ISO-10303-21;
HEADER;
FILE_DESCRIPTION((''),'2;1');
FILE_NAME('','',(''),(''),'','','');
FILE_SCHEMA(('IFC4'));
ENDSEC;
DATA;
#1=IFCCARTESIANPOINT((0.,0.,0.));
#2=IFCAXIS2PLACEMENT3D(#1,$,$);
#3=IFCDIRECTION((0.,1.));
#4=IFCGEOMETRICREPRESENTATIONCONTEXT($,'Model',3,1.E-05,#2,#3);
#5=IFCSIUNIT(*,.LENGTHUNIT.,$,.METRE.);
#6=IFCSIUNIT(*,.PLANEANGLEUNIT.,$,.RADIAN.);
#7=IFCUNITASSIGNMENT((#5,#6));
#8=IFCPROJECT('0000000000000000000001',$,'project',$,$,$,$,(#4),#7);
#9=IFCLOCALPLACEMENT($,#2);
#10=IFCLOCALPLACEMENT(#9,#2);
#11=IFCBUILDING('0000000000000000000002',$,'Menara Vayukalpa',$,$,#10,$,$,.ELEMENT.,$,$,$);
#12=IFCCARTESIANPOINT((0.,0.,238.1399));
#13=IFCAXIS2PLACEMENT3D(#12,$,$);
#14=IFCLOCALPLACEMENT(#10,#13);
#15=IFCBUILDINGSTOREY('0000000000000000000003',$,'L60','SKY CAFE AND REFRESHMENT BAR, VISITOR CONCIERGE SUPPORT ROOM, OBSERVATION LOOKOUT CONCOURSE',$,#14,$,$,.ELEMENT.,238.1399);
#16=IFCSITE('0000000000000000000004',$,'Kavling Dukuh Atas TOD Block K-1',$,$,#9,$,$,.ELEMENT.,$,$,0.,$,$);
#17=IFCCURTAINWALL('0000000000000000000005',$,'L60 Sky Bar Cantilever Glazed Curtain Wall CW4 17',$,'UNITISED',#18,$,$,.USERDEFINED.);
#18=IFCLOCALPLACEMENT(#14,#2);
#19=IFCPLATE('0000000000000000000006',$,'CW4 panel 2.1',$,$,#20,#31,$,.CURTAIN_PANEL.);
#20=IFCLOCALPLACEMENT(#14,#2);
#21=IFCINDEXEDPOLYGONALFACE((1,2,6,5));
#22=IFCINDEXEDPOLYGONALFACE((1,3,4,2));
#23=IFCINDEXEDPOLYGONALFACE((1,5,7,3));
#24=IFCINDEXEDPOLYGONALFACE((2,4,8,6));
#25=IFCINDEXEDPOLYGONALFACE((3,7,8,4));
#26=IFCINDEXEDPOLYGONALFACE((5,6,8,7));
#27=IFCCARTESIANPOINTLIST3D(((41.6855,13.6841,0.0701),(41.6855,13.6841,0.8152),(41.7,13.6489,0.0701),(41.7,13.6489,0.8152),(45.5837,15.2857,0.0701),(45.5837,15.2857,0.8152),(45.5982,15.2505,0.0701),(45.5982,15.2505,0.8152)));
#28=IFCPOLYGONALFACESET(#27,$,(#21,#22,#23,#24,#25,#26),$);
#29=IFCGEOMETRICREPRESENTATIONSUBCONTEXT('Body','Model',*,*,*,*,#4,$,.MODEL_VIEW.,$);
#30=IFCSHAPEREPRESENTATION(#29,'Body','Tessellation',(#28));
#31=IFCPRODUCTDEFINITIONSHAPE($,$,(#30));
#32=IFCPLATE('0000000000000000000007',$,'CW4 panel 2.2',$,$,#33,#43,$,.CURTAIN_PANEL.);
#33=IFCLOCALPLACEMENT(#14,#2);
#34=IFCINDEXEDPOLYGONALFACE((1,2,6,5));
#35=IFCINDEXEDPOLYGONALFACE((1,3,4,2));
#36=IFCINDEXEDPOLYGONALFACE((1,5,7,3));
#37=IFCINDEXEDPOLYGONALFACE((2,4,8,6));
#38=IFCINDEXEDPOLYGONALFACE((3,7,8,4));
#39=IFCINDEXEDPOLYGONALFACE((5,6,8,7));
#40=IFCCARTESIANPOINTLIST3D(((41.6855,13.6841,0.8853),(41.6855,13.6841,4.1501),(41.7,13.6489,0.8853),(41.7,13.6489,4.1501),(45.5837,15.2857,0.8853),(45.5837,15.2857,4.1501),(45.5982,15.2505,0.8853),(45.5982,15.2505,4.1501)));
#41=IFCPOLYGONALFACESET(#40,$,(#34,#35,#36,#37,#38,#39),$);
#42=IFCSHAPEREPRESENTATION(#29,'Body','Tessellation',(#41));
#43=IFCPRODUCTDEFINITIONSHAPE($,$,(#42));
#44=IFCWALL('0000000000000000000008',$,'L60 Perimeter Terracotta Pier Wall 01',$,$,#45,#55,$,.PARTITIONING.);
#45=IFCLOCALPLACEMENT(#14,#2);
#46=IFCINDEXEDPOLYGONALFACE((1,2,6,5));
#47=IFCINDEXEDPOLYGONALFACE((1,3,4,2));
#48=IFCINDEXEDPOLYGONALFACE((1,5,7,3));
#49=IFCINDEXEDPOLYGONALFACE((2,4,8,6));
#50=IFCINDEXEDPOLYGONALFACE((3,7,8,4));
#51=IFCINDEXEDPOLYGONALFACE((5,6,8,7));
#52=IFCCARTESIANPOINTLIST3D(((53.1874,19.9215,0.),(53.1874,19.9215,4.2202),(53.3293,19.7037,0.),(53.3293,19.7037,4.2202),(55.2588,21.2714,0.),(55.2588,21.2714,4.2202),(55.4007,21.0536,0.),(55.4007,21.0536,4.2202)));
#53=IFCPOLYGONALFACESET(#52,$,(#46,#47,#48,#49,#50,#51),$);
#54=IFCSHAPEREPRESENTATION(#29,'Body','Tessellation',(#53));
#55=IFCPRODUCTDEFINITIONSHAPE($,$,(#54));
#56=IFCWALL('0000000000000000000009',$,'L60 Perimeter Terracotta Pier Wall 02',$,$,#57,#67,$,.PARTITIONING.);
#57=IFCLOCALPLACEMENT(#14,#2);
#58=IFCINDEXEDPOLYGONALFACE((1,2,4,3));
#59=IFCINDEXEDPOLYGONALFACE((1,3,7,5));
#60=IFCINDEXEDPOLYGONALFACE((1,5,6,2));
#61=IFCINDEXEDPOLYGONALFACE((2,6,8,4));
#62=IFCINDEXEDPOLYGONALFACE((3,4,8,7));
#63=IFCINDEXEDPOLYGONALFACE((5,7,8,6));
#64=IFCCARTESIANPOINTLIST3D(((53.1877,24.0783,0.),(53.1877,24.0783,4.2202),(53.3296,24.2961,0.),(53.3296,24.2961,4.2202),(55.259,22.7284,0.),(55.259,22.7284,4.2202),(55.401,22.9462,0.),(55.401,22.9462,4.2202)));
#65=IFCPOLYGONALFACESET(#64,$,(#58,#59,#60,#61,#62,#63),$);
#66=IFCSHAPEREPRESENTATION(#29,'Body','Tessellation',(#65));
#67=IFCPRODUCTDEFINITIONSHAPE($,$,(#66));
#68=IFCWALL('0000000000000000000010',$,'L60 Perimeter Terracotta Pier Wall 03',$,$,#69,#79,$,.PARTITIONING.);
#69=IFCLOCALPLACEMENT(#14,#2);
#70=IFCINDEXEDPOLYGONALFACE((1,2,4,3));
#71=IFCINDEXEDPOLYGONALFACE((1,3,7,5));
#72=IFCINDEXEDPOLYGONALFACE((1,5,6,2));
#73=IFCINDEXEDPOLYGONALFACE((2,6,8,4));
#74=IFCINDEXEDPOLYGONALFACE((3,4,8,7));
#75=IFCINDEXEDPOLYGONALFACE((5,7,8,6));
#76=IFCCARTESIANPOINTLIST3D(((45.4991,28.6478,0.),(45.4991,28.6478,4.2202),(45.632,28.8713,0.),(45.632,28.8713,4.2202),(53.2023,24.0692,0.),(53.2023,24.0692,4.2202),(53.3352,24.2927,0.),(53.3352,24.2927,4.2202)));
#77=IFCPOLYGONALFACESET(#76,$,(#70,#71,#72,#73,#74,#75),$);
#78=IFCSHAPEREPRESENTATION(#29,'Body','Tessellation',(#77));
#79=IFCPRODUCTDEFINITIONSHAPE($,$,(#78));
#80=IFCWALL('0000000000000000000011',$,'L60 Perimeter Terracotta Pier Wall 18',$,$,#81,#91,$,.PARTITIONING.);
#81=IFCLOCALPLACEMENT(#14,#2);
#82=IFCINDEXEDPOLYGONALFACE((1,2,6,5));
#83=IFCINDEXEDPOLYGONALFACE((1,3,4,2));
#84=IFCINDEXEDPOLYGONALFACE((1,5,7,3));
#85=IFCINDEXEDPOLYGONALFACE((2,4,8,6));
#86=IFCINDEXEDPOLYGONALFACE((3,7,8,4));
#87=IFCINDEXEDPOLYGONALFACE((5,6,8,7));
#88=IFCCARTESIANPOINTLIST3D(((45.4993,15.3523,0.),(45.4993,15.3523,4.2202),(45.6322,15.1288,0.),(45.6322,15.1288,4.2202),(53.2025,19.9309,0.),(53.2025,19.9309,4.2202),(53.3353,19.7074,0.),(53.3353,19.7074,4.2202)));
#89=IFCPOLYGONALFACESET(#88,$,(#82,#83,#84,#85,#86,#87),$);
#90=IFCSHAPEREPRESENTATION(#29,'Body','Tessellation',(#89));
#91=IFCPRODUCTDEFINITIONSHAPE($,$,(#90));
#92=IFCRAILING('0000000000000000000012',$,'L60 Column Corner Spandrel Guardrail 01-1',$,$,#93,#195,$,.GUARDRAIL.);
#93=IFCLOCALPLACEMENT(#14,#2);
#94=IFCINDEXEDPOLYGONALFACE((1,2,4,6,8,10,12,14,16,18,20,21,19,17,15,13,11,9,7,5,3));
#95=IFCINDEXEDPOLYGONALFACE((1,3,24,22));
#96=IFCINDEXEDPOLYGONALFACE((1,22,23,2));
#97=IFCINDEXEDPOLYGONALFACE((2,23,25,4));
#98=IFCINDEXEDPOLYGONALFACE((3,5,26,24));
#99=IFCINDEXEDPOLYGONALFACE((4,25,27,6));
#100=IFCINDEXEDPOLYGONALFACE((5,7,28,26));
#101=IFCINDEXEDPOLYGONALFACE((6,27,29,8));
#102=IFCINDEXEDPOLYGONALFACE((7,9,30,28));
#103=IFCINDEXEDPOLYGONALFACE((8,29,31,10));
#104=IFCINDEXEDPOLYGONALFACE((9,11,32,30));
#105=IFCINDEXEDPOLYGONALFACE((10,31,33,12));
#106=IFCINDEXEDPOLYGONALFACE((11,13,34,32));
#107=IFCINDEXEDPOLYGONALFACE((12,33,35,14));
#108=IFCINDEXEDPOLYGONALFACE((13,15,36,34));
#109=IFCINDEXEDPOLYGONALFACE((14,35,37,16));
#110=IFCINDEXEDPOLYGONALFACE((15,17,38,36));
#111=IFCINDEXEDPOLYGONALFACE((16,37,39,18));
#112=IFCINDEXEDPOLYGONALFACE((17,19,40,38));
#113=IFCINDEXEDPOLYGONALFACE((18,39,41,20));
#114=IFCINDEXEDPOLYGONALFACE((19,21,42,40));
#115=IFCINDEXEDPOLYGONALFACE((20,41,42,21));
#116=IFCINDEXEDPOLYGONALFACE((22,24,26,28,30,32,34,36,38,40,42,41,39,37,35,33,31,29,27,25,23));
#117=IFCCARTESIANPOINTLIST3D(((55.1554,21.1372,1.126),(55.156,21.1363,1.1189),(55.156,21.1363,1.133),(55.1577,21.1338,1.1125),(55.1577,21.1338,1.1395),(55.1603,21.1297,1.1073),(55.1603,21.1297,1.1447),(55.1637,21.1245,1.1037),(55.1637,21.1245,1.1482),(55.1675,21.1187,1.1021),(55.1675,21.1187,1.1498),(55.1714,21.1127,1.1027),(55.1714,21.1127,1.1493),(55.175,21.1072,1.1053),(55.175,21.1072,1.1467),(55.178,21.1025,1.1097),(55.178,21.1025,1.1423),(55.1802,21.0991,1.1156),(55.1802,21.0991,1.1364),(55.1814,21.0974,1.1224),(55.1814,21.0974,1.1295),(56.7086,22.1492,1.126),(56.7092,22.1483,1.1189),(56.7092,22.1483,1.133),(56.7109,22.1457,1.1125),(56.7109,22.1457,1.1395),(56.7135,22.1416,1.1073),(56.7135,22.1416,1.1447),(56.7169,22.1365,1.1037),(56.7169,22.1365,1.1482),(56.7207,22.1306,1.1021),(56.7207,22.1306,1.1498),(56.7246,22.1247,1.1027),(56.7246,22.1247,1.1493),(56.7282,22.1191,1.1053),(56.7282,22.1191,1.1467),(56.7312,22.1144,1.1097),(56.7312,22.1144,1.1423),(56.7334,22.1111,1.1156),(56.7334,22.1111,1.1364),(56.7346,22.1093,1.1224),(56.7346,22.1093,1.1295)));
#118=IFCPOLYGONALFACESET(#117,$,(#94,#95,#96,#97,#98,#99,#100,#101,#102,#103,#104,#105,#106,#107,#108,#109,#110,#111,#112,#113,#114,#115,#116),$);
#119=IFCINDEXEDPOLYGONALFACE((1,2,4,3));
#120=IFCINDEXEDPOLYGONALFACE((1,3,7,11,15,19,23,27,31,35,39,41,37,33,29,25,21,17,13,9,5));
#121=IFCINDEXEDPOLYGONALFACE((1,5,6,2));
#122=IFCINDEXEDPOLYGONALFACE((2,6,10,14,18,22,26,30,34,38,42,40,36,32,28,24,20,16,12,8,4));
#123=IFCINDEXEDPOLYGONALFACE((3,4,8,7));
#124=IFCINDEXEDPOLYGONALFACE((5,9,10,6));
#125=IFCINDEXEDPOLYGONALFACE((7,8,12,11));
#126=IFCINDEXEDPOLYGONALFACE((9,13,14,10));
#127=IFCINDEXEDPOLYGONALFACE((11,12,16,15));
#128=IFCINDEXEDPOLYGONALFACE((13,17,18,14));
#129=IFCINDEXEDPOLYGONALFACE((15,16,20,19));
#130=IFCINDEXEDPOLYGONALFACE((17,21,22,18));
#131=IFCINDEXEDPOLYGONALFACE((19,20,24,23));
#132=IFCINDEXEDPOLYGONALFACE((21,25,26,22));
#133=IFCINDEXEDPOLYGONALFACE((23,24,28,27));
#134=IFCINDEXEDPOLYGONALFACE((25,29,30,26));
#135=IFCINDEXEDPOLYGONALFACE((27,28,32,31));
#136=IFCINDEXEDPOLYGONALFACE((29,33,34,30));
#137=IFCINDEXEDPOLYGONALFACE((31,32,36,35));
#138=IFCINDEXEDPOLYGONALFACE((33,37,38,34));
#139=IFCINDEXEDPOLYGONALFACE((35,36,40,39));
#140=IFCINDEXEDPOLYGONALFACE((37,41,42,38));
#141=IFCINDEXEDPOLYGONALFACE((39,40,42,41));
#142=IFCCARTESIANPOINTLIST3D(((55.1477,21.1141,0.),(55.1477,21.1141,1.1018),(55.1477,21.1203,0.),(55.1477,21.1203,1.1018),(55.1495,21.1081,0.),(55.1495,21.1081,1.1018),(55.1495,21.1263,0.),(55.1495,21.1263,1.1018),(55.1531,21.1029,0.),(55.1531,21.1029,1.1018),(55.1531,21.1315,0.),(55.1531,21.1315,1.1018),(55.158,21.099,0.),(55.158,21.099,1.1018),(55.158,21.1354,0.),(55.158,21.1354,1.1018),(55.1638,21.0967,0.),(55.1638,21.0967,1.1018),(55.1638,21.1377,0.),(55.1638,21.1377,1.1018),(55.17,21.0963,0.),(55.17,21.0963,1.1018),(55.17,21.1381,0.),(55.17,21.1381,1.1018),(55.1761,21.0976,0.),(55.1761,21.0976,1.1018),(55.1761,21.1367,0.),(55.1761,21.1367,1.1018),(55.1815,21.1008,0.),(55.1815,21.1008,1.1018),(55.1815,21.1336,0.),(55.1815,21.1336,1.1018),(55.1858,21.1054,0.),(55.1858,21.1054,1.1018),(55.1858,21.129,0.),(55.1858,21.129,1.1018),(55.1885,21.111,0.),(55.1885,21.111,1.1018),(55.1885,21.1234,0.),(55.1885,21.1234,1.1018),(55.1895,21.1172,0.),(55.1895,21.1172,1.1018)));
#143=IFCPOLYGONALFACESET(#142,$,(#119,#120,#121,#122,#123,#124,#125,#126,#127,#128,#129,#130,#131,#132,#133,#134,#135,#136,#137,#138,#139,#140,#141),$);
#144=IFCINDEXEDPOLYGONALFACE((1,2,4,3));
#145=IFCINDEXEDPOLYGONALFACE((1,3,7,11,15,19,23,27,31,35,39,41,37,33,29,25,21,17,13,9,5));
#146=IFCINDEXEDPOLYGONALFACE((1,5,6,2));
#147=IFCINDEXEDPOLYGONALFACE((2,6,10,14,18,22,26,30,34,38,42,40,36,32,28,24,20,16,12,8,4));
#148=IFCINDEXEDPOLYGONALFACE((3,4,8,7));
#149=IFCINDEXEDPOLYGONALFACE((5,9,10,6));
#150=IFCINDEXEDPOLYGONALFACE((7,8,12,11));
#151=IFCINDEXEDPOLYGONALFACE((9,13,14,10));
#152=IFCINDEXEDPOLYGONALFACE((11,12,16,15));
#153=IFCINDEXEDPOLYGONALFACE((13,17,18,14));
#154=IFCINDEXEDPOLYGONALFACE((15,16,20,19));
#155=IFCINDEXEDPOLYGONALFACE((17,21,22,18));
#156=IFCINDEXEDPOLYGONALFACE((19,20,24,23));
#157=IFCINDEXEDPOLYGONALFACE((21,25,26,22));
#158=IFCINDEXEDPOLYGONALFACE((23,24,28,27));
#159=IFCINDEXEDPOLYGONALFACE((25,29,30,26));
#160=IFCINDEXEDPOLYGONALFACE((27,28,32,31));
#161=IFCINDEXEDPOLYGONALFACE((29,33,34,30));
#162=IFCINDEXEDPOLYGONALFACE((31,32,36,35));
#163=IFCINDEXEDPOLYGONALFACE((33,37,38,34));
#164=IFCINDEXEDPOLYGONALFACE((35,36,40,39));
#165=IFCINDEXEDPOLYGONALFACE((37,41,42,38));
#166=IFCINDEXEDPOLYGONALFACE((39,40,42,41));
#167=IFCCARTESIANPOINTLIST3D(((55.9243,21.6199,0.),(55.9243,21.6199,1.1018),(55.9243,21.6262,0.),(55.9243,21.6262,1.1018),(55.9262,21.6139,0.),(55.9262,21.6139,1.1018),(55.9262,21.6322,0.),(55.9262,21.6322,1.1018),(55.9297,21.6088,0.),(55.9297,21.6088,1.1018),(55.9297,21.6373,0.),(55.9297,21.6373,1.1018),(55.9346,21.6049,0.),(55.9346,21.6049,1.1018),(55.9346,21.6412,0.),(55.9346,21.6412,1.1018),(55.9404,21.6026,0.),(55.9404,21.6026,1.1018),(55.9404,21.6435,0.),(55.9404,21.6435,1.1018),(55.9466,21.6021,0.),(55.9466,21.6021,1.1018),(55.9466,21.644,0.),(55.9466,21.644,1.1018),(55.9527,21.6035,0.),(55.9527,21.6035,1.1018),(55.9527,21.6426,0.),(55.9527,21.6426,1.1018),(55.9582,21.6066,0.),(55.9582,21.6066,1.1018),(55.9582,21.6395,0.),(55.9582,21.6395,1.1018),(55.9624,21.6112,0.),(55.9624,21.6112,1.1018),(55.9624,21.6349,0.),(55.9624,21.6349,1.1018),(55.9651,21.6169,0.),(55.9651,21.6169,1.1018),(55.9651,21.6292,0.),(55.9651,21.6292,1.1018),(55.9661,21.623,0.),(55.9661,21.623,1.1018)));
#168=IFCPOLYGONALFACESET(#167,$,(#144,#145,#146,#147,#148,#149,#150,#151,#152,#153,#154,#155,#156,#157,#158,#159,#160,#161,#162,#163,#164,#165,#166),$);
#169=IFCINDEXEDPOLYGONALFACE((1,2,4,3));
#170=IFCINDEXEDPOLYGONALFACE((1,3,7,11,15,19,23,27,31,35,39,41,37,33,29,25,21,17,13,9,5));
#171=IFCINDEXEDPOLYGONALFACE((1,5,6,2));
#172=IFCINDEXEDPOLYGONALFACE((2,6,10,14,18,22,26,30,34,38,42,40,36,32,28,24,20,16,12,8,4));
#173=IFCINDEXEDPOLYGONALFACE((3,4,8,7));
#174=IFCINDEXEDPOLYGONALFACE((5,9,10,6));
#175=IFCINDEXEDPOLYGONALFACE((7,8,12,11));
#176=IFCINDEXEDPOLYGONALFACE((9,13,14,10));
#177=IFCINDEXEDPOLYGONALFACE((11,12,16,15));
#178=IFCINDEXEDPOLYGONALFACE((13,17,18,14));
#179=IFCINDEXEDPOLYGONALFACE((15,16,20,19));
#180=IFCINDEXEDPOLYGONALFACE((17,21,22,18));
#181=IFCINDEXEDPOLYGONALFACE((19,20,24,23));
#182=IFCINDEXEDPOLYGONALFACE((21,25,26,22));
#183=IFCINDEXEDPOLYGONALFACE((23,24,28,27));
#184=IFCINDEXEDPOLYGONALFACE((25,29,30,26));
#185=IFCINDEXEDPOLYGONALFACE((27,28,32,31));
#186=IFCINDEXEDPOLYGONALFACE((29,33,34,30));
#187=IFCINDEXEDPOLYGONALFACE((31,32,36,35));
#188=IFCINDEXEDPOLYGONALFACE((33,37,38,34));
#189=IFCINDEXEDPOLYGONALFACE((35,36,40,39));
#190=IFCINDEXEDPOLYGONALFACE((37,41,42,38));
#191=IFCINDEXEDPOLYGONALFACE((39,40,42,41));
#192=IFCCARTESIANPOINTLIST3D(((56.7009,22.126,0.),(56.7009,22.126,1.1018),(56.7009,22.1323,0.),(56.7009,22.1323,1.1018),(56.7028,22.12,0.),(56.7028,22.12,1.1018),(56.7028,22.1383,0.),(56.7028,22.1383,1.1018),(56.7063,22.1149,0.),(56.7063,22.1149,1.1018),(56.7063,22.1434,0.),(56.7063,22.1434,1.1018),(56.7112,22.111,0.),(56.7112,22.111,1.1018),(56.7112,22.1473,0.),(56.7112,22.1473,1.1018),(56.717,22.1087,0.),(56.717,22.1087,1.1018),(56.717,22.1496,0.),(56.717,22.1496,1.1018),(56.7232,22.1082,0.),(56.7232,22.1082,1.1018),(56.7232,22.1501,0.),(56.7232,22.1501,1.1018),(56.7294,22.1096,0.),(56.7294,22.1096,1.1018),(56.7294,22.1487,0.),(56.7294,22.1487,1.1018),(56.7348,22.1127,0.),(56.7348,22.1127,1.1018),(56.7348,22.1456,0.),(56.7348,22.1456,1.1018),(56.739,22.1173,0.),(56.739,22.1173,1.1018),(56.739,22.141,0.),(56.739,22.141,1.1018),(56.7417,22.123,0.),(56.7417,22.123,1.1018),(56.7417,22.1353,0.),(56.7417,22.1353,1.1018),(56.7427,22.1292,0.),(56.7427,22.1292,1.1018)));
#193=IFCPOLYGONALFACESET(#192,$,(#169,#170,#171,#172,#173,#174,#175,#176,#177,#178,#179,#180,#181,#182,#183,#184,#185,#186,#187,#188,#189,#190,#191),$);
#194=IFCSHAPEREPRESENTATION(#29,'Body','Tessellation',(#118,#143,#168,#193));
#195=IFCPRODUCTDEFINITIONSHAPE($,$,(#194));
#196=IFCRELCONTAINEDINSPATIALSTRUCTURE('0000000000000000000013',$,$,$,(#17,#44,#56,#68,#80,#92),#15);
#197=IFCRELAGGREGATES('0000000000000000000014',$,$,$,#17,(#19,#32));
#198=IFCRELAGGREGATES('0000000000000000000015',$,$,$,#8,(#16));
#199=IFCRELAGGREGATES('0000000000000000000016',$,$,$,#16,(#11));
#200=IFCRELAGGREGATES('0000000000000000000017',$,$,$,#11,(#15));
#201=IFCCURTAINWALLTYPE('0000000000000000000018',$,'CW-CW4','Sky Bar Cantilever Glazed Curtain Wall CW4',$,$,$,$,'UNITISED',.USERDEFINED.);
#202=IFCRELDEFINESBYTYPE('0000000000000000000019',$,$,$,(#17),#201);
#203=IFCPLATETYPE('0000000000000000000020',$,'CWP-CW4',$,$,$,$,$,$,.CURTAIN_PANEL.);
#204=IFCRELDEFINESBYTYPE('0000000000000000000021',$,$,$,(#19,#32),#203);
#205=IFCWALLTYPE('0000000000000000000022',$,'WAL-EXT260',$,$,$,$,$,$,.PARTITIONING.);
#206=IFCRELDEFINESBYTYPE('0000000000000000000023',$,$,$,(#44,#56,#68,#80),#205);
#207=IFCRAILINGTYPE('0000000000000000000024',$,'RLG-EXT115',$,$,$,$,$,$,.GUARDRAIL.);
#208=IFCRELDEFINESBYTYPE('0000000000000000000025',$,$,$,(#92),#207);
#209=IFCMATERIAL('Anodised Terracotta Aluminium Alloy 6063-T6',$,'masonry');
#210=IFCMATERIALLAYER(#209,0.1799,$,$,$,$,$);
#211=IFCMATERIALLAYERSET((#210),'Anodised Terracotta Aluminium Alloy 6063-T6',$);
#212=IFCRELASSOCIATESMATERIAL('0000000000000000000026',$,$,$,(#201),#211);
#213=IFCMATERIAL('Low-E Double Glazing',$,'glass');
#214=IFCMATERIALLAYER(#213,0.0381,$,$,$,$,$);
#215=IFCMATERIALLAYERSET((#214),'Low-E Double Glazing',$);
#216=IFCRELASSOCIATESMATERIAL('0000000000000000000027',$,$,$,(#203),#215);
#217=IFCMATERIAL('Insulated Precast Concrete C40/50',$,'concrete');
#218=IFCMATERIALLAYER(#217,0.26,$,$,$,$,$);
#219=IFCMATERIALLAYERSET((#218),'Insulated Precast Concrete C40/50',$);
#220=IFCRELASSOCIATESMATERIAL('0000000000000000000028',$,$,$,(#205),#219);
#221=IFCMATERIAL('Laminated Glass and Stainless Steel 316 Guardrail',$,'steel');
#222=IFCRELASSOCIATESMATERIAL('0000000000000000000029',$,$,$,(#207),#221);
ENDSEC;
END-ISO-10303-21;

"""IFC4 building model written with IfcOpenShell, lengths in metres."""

from ifc_helpers import new_model, si_unit, direction, frame, frame_2d, origin, origin_2d, place, context, subcontext, project, spatial, rectangle, circle, extrude, material, layer, layer_set, type_object, element, aggregate, save


model = new_model("IFC4")

# Units and contexts
model_context = context("Model", 3, precision=1e-05, world=origin(), true_north=direction((0.0, 1.0)))
body_context = subcontext(model_context, "Body", "Model", "MODEL_VIEW")
ifc_project = project(units=[si_unit("LENGTHUNIT", "METRE"), si_unit("PLANEANGLEUNIT", "RADIAN")], contexts=[model_context])

# Site, building, storey
site_placement = place(None, origin())
site = spatial("IfcSite", under=ifc_project, at=site_placement, Name="Kavling Dukuh Atas TOD Block K-1", CompositionType="ELEMENT", RefElevation=0.0)
building_placement = place(site_placement, origin())
building = spatial("IfcBuilding", under=site, at=building_placement, Name="Menara Vayukalpa", CompositionType="ELEMENT")
storey_placement = place(building_placement, frame((0.0, 0.0, 238.1399)))
storey = spatial("IfcBuildingStorey", under=building, at=storey_placement, Name="L60", Description="SKY CAFE AND REFRESHMENT BAR, VISITOR CONCIERGE SUPPORT ROOM, OBSERVATION LOOKOUT CONCOURSE", CompositionType="ELEMENT", Elevation=238.1399)

# Curtain wall
ifc_material_1 = material(Name="Anodised Terracotta Aluminium Alloy 6063-T6", Category="masonry")
ifc_layer_1 = layer(ifc_material_1, 0.1799)
ifc_layer_set_1 = layer_set([ifc_layer_1], Name="Anodised Terracotta Aluminium Alloy 6063-T6")
curtain_wall_type = type_object("IfcCurtainWallType", Name="CW-CW4", Description="Sky Bar Cantilever Glazed Curtain Wall CW4", ElementType="UNITISED", PredefinedType="USERDEFINED", material=ifc_layer_set_1)
curtain_wall_1_placement = place(storey_placement, origin())
curtain_wall_1 = element("IfcCurtainWall", 1, at=curtain_wall_1_placement, inside=storey, type_object=curtain_wall_type, Name="L60 Sky Bar Cantilever Glazed Curtain Wall CW4 17", ObjectType="UNITISED", PredefinedType="USERDEFINED")

# Plates
ifc_material_2 = material(Name="Low-E Double Glazing", Category="glass")
ifc_layer_2 = layer(ifc_material_2, 0.0381)
ifc_layer_set_2 = layer_set([ifc_layer_2], Name="Low-E Double Glazing")
plate_type = type_object("IfcPlateType", Name="CWP-CW4", PredefinedType="CURTAIN_PANEL", material=ifc_layer_set_2)
plate_1_placement = place(storey_placement, frame((43.6418, 14.4673, 0.0701), z_axis=(0.0, 0.0, 1.0), x_axis=(0.92497, 0.380039, 0.0)))
plate_1 = element("IfcPlate", 2, at=plate_1_placement, type_object=plate_type, Name="CW4 panel 2.1", PredefinedType="CURTAIN_PANEL", context=body_context, shape_type="SweptSolid", body=[
    extrude(rectangle(XDim=4.2144, YDim=0.0381, at=origin_2d()), origin(), (0.0, 0.0, 1.0), 0.7451),
])
plate_2_placement = place(storey_placement, frame((43.6418, 14.4673, 0.8853), z_axis=(0.0, 0.0, 1.0), x_axis=(0.92497, 0.380039, 0.0)))
plate_2 = element("IfcPlate", 3, at=plate_2_placement, type_object=plate_type, Name="CW4 panel 2.2", PredefinedType="CURTAIN_PANEL", context=body_context, shape_type="SweptSolid", body=[
    extrude(rectangle(XDim=4.2144, YDim=0.0381, at=origin_2d()), origin(), (0.0, 0.0, 1.0), 3.2649),
])
aggregate(curtain_wall_1, [plate_1, plate_2])

# Walls
ifc_material_3 = material(Name="Insulated Precast Concrete C40/50", Category="concrete")
ifc_layer_3 = layer(ifc_material_3, 0.26)
ifc_layer_set_3 = layer_set([ifc_layer_3], Name="Insulated Precast Concrete C40/50")
wall_type = type_object("IfcWallType", Name="WAL-EXT260", PredefinedType="PARTITIONING", material=ifc_layer_set_3)
for number, where, z_axis, x_axis, name in (
    (4, (55.3298, 21.1626, 0.0), (0.0, 0.0, 1.0), (-0.837793, -0.545988, 0.0), "L60 Perimeter Terracotta Pier Wall 01"),
    (5, (53.2585, 24.1873, 0.0), (0.0, 0.0, 1.0), (0.837793, -0.545988, 0.0), "L60 Perimeter Terracotta Pier Wall 02"),
):
    element("IfcWall", number, at=place(storey_placement, frame(where, z_axis=z_axis, x_axis=x_axis)), inside=storey, type_object=wall_type, Name=name, PredefinedType="PARTITIONING", context=body_context, shape_type="SweptSolid", body=[
        extrude(rectangle(XDim=2.4724, YDim=0.26, at=frame_2d((1.2363, 0.0))), origin(), (0.0, 0.0, 1.0), 4.2202),
    ])
for number, where, z_axis, x_axis, name in (
    (6, (45.5657, 28.7595, 0.0), (0.0, 0.0, 1.0), (0.859615, -0.510942, 0.0), "L60 Perimeter Terracotta Pier Wall 03"),
    (7, (53.2688, 19.8191, 0.0), (0.0, 0.0, 1.0), (-0.859615, -0.510942, 0.0), "L60 Perimeter Terracotta Pier Wall 18"),
):
    element("IfcWall", number, at=place(storey_placement, frame(where, z_axis=z_axis, x_axis=x_axis)), inside=storey, type_object=wall_type, Name=name, PredefinedType="PARTITIONING", context=body_context, shape_type="SweptSolid", body=[
        extrude(rectangle(XDim=8.9612, YDim=0.26, at=frame_2d((4.4805, 0.0))), origin(), (0.0, 0.0, 1.0), 4.2202),
    ])

# Railing
ifc_material_4 = material(Name="Laminated Glass and Stainless Steel 316 Guardrail", Category="steel")
railing_type = type_object("IfcRailingType", Name="RLG-EXT115", PredefinedType="GUARDRAIL", material=ifc_material_4)
railing_1_placement = place(storey_placement, frame((55.1685, 21.1172, 0.0)))
element("IfcRailing", 8, at=railing_1_placement, inside=storey, type_object=railing_type, Name="L60 Column Corner Spandrel Guardrail 01-1", PredefinedType="GUARDRAIL", context=body_context, shape_type="SweptSolid", body=[
    extrude(circle(Radius=0.0239, at=origin_2d()), frame((0.0, 0.0, 1.126), z_axis=(0.837859, 0.545886, 0.0), x_axis=(-0.545886, 0.837859, 0.0)), (0.0, 0.0, 1.0), 1.8538),
    extrude(circle(Radius=0.021, at=origin_2d()), origin(), (0.0, 0.0, 1.0), 1.1018),
    extrude(circle(Radius=0.021, at=origin_2d()), frame((0.7766, 0.5059, 0.0)), (0.0, 0.0, 1.0), 1.1018),
    extrude(circle(Radius=0.021, at=origin_2d()), frame((1.5532, 1.012, 0.0)), (0.0, 0.0, 1.0), 1.1018),
])

save(model, "model.ifc")
